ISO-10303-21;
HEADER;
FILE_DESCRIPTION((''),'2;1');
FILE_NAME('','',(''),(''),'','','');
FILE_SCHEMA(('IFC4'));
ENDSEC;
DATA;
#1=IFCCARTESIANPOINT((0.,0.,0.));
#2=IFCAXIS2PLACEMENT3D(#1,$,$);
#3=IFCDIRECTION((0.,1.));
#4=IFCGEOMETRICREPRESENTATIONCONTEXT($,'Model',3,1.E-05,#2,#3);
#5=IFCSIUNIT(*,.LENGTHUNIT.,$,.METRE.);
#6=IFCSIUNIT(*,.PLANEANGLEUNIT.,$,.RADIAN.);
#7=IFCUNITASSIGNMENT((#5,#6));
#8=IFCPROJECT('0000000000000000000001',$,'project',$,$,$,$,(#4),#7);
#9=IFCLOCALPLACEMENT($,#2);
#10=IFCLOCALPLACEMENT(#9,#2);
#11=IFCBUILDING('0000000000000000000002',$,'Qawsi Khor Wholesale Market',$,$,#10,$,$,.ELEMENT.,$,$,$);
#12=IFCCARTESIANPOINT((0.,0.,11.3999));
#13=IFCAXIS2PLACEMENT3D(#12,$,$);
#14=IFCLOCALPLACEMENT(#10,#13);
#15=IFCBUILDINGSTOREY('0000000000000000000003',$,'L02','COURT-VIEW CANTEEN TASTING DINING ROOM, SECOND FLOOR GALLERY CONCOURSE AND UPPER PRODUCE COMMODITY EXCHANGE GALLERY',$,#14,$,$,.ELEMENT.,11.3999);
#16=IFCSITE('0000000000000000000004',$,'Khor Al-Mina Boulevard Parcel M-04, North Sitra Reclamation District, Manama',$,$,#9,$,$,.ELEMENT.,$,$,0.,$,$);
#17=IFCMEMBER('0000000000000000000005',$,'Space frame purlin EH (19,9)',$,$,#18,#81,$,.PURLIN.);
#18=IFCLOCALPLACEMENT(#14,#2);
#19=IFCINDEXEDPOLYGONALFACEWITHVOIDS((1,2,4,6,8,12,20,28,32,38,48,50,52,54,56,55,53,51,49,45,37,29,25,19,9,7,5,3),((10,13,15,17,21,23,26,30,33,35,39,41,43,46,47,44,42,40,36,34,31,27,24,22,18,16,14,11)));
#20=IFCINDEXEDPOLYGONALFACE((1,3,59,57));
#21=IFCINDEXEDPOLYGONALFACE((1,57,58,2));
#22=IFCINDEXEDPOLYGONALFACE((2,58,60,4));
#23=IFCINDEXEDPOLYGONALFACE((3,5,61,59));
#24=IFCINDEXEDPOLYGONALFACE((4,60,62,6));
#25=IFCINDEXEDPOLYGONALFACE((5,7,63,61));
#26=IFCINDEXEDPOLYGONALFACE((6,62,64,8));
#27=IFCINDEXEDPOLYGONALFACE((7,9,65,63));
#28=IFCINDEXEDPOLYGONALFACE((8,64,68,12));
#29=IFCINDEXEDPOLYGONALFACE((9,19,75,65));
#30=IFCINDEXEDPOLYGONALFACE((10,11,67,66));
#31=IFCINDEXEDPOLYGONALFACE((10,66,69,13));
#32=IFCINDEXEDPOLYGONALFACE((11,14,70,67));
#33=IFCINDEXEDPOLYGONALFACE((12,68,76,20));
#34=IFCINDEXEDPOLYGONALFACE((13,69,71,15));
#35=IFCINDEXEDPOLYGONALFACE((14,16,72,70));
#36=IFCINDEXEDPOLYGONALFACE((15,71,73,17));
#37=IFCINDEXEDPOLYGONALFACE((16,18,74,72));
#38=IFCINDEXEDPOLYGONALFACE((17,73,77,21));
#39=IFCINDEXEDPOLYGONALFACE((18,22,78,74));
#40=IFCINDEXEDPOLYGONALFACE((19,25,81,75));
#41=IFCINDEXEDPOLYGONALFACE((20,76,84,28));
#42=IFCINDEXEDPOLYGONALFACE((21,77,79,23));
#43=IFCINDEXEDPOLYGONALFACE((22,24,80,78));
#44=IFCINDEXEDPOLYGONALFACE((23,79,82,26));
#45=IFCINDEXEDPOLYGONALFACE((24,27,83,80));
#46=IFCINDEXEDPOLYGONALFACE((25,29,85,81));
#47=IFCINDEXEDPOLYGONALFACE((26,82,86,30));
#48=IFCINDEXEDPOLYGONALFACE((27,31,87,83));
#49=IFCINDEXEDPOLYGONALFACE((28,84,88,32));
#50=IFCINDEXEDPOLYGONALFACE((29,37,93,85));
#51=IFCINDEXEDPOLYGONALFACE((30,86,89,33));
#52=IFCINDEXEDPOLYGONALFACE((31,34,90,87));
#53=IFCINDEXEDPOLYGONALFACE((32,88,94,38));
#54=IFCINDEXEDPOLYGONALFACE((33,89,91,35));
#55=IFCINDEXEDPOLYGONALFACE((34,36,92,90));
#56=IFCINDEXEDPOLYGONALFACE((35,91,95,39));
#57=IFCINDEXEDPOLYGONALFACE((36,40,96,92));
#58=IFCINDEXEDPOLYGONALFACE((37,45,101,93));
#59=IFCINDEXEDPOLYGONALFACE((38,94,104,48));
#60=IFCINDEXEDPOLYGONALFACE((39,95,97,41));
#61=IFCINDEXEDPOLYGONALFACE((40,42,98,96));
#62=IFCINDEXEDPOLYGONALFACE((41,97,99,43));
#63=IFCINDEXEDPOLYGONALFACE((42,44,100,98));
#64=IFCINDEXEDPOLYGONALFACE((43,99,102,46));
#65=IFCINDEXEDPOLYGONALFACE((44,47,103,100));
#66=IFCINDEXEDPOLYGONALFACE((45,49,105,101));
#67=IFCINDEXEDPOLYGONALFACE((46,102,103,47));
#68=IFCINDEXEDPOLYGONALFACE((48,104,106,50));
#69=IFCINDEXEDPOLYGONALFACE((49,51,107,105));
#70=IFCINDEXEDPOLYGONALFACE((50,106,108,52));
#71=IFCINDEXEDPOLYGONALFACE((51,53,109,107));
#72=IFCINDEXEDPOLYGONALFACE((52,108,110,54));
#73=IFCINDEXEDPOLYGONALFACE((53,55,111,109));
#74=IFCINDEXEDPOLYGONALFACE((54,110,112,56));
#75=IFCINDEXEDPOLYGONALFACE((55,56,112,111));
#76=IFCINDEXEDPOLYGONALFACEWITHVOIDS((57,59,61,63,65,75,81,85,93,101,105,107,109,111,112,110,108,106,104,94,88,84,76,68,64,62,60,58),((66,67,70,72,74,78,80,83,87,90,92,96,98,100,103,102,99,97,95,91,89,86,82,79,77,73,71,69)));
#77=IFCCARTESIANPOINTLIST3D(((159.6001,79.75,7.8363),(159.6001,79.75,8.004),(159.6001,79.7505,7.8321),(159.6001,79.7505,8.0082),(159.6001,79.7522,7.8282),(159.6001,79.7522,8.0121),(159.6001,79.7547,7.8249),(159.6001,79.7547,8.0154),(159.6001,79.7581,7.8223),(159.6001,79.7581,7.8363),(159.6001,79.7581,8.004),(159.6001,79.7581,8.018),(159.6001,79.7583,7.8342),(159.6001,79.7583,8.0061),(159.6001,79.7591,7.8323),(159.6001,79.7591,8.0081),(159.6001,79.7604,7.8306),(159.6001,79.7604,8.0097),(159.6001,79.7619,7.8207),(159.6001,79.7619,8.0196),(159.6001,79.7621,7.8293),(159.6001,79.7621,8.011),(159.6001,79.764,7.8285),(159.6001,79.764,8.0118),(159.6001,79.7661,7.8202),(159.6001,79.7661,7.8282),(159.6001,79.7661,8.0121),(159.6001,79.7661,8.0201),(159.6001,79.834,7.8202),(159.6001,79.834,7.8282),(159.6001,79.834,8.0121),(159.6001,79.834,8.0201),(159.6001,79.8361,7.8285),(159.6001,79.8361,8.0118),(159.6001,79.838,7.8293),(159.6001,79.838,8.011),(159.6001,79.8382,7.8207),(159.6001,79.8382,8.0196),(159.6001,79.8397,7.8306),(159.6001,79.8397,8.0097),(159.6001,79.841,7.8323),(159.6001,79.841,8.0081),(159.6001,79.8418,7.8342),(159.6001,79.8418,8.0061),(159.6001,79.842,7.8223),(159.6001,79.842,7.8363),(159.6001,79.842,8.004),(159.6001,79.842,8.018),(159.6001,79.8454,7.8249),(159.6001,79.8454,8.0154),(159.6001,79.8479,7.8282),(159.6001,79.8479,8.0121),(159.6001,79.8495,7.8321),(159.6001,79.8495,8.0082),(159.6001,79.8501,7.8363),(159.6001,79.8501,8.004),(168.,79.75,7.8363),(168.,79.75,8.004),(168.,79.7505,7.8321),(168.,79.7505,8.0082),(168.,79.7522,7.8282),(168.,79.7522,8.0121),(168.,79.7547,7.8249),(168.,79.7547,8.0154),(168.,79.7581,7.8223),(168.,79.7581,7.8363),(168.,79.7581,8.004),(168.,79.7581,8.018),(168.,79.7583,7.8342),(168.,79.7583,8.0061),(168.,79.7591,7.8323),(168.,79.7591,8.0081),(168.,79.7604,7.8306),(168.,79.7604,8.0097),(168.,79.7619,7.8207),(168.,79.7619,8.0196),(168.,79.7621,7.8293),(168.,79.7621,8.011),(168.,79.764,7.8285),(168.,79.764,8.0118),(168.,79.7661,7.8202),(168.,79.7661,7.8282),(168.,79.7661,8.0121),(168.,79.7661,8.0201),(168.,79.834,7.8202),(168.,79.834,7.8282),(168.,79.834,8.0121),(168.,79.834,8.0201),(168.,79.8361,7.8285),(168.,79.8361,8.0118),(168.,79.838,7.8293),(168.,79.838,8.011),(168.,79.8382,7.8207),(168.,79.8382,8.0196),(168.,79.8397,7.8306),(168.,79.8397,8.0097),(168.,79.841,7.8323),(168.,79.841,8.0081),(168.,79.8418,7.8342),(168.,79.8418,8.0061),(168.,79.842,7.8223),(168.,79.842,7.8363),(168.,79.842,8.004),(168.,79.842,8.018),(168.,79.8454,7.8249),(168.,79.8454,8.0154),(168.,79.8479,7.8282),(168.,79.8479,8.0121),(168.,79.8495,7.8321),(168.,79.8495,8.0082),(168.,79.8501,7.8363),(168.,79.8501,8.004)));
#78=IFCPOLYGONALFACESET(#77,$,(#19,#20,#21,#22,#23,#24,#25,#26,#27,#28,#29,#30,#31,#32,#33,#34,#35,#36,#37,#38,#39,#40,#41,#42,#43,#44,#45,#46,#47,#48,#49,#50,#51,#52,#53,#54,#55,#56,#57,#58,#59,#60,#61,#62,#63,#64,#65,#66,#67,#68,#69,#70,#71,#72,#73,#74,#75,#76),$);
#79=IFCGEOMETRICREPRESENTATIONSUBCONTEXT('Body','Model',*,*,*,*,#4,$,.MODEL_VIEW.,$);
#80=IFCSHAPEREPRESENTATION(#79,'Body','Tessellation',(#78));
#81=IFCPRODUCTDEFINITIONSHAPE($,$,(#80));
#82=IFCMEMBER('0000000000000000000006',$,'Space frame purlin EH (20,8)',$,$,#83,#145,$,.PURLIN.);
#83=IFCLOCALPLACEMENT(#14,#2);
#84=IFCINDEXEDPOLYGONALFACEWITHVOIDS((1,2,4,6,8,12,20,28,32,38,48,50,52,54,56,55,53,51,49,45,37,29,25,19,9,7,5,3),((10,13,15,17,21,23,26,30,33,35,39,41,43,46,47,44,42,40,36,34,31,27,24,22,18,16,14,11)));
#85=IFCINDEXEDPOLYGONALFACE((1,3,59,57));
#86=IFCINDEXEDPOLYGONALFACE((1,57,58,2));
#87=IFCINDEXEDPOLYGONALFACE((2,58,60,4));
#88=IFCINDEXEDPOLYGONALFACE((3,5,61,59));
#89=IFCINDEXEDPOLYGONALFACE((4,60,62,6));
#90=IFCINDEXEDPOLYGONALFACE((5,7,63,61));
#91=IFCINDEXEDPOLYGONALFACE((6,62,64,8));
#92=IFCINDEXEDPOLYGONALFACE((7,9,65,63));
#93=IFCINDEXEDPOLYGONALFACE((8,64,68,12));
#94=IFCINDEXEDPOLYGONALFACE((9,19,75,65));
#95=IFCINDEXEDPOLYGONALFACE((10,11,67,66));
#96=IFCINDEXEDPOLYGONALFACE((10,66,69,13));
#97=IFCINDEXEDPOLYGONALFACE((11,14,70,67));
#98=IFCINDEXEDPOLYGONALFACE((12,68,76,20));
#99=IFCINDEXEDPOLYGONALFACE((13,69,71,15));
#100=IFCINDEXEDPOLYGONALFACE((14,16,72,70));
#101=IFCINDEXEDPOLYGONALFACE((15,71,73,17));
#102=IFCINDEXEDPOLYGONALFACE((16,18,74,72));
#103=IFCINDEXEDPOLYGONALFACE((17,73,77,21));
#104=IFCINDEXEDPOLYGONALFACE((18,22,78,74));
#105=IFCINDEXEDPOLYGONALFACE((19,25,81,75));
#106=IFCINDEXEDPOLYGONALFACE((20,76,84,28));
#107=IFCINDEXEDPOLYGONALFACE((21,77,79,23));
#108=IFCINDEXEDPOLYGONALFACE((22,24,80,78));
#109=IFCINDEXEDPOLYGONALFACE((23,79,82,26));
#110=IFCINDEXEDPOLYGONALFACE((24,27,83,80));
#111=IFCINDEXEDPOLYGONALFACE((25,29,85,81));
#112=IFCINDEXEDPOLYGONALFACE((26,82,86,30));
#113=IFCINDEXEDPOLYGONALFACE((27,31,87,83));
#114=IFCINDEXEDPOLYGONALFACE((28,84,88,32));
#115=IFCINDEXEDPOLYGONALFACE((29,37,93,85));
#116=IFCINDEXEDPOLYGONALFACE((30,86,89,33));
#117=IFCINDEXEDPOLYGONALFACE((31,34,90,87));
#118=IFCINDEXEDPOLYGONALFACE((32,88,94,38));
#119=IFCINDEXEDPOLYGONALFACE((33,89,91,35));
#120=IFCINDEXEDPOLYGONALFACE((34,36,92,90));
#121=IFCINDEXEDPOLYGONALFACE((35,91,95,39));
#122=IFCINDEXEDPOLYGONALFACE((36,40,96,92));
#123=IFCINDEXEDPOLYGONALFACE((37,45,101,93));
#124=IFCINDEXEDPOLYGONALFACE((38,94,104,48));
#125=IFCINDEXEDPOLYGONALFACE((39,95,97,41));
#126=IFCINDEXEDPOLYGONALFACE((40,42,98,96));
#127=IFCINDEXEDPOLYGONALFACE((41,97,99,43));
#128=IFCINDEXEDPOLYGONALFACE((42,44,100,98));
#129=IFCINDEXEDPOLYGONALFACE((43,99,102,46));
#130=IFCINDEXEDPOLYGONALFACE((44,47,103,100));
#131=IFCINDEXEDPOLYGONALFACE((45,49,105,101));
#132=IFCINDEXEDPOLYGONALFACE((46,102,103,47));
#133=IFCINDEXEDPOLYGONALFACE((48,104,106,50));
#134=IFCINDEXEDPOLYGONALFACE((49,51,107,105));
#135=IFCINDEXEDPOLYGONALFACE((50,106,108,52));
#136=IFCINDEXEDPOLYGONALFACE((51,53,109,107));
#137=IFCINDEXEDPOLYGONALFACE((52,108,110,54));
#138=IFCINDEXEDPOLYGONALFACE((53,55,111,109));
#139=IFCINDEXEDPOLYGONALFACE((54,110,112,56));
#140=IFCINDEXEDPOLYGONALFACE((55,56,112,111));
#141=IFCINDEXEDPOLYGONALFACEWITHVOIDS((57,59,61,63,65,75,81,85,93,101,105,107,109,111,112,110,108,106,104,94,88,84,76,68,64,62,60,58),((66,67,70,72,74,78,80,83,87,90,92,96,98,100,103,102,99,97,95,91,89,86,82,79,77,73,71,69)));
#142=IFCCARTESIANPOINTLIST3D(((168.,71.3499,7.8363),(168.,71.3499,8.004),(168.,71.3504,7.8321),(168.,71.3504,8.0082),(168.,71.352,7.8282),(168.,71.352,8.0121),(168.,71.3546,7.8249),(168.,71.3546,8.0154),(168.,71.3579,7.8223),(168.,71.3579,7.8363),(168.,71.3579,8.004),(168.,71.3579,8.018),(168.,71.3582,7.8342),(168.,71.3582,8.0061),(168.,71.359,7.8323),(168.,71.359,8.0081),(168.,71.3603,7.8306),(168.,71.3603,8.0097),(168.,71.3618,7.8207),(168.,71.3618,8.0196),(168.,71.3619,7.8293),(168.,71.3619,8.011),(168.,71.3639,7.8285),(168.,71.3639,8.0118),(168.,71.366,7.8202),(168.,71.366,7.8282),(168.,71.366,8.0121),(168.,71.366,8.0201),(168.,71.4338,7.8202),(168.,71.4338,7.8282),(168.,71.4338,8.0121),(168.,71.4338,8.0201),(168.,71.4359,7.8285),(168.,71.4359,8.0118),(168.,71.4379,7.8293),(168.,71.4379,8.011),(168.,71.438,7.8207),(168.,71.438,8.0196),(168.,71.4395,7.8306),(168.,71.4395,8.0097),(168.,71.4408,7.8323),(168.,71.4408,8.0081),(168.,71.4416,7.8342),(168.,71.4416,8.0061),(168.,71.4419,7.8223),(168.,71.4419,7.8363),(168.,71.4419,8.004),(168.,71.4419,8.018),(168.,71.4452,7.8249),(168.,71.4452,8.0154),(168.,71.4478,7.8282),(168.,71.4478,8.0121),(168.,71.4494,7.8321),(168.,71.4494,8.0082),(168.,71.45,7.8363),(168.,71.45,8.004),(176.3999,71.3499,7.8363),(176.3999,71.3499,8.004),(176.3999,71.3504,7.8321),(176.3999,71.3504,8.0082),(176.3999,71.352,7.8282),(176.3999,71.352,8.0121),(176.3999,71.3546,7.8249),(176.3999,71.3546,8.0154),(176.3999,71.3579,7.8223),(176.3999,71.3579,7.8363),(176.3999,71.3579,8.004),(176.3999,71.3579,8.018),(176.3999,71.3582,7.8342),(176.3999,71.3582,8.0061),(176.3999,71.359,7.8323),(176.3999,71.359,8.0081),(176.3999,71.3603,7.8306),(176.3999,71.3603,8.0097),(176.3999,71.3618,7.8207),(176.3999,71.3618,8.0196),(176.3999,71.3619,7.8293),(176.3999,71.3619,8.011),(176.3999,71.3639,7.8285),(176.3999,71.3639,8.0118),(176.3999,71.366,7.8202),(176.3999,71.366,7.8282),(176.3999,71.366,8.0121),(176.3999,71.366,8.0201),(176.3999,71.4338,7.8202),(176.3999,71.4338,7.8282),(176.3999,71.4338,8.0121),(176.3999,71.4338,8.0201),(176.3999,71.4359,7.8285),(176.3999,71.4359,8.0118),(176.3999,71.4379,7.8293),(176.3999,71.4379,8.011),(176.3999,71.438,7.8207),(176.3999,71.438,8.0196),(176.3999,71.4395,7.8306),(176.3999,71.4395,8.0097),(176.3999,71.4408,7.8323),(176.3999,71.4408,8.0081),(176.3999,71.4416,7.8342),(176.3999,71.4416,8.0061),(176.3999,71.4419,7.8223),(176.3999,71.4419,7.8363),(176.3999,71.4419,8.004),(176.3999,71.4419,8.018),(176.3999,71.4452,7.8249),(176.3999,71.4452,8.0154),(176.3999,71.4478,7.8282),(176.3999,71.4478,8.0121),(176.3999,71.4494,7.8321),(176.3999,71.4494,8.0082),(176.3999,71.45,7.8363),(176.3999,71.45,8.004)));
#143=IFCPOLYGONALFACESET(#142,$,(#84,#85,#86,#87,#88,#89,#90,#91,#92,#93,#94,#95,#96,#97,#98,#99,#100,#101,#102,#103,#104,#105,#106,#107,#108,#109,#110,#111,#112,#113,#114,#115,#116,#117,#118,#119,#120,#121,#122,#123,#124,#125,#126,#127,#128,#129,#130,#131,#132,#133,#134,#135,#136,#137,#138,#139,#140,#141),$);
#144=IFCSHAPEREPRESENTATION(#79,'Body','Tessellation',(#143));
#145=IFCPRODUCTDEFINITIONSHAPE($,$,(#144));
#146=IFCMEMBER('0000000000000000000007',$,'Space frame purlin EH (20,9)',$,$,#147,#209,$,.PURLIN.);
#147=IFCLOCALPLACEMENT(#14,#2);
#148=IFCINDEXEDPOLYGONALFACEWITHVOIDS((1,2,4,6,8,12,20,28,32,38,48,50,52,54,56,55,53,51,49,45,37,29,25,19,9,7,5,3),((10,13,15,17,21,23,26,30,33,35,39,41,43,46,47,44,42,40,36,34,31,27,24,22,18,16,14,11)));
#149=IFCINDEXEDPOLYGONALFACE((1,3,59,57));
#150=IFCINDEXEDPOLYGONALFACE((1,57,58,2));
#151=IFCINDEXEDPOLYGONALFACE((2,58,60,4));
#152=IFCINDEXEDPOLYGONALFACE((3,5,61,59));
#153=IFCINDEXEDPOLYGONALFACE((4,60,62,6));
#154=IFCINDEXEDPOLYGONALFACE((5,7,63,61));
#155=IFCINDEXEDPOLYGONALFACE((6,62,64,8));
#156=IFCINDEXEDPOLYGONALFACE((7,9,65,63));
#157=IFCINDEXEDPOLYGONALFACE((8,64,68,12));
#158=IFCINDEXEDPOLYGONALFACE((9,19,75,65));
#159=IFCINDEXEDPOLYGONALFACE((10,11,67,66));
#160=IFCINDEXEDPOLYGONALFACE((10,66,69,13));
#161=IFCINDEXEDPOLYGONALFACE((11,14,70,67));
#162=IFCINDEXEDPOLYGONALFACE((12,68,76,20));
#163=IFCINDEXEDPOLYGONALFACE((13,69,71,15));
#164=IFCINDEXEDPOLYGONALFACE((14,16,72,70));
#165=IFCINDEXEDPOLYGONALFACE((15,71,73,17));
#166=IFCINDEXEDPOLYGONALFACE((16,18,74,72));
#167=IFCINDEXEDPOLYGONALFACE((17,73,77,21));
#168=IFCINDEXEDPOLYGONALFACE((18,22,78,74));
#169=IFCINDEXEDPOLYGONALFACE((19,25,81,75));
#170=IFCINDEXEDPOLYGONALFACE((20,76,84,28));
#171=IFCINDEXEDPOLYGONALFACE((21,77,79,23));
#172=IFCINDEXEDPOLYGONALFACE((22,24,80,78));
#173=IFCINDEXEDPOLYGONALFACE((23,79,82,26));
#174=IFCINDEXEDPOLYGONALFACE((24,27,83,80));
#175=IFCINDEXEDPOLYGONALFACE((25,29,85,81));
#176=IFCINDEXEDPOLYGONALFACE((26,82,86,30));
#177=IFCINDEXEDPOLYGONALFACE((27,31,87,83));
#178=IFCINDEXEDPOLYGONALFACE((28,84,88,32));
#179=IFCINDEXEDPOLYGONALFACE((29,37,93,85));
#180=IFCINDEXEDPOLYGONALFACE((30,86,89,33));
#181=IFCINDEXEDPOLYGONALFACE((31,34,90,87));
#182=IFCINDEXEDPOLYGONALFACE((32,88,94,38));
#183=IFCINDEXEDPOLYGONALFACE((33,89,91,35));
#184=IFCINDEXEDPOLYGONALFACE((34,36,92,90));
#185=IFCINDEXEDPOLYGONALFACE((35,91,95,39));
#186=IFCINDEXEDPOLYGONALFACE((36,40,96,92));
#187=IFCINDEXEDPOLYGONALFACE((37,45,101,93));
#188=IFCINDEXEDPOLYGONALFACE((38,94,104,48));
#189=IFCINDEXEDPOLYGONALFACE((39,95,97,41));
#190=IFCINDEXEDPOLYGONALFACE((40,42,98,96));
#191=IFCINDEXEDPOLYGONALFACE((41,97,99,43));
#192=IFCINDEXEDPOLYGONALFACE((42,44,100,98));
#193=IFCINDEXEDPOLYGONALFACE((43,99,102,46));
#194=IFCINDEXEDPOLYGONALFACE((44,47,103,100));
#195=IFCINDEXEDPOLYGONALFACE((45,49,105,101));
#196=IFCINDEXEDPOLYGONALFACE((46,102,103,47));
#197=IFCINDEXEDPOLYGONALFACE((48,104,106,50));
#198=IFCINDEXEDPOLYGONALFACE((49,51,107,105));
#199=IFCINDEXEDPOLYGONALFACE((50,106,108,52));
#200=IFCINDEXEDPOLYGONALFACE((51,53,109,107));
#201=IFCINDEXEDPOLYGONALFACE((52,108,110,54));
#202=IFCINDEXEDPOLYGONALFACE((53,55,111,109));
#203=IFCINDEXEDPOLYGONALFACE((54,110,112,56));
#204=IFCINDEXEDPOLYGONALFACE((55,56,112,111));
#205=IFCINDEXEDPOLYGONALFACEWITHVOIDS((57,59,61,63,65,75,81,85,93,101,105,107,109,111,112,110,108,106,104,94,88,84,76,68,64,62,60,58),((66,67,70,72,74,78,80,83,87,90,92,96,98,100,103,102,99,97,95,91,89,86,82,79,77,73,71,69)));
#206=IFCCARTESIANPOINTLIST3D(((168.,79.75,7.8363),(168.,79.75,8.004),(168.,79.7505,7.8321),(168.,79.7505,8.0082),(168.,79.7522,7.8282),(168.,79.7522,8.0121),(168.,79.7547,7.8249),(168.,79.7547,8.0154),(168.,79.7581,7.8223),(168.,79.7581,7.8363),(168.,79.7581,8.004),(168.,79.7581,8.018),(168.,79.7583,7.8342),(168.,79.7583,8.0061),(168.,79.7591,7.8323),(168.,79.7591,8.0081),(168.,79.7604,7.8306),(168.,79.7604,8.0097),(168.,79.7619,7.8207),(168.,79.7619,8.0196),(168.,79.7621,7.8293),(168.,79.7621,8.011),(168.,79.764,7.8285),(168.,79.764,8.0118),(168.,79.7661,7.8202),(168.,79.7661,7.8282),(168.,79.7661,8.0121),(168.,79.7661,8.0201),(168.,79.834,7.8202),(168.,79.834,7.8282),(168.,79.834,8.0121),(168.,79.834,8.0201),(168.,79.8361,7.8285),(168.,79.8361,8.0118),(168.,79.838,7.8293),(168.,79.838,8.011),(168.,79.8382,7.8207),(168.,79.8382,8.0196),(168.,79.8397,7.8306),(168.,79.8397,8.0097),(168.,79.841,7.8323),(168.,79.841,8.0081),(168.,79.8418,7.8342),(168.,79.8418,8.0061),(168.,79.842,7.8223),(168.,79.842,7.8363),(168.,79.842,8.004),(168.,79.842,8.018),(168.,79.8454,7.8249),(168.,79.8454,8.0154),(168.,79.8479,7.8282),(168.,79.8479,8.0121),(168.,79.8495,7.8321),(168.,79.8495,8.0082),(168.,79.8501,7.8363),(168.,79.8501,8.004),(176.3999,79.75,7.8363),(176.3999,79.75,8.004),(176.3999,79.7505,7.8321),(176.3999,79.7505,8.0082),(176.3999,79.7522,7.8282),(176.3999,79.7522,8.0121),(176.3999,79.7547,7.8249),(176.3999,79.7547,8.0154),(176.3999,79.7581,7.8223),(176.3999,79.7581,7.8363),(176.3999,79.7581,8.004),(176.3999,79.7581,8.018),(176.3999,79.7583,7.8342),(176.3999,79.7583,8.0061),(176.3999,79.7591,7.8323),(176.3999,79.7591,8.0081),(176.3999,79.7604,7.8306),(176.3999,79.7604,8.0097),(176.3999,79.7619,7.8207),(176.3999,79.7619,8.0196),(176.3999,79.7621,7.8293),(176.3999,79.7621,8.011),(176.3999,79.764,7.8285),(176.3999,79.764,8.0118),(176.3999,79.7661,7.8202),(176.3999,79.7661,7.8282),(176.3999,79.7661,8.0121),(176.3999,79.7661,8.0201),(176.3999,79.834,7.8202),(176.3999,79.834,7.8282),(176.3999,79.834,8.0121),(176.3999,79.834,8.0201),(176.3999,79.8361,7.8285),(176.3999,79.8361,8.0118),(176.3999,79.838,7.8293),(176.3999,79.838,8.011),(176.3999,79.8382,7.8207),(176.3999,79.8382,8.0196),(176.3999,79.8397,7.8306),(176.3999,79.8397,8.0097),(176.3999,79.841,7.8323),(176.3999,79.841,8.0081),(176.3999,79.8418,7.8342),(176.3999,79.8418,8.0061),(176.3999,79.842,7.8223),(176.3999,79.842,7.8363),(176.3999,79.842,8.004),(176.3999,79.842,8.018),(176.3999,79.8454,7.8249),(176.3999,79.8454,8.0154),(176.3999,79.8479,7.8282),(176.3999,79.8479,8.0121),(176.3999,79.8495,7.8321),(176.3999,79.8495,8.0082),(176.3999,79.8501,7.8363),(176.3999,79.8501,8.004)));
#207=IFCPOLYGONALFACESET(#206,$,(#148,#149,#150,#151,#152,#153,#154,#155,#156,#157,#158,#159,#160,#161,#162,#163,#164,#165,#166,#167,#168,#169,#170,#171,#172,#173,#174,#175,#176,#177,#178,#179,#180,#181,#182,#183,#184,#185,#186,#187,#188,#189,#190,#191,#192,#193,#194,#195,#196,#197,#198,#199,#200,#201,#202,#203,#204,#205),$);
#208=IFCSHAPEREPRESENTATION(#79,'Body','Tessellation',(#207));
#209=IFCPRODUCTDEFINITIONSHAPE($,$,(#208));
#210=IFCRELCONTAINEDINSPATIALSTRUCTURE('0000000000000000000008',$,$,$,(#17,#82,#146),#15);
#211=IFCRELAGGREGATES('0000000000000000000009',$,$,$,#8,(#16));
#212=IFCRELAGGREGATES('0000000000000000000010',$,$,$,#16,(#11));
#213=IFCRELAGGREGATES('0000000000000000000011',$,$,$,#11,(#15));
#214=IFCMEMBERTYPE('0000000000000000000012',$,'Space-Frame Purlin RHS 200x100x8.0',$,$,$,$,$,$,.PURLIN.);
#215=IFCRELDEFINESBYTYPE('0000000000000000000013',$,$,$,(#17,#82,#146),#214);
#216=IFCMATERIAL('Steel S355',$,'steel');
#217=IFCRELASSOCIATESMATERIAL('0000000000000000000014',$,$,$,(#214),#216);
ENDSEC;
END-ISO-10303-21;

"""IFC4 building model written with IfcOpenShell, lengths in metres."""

from ifc_helpers import new_model, si_unit, direction, frame, origin, origin_2d, place, context, subcontext, project, spatial, hollow_rectangle, extrude, material, material_profile, profile_set, type_object, element, save


model = new_model("IFC4")

# Units and contexts
model_context = context("Model", 3, precision=1e-05, world=origin(), true_north=direction((0.0, 1.0)))
body_context = subcontext(model_context, "Body", "Model", "MODEL_VIEW")
ifc_project = project(units=[si_unit("LENGTHUNIT", "METRE"), si_unit("PLANEANGLEUNIT", "RADIAN")], contexts=[model_context])

# Site, building, storey
site_placement = place(None, origin())
site = spatial("IfcSite", under=ifc_project, at=site_placement, Name="Khor Al-Mina Boulevard Parcel M-04, North Sitra Reclamation District, Manama", CompositionType="ELEMENT", RefElevation=0.0)
building_placement = place(site_placement, origin())
building = spatial("IfcBuilding", under=site, at=building_placement, Name="Qawsi Khor Wholesale Market", CompositionType="ELEMENT")
storey_placement = place(building_placement, frame((0.0, 0.0, 11.3999)))
storey = spatial("IfcBuildingStorey", under=building, at=storey_placement, Name="L02", Description="COURT-VIEW CANTEEN TASTING DINING ROOM, SECOND FLOOR GALLERY CONCOURSE AND UPPER PRODUCE COMMODITY EXCHANGE GALLERY", CompositionType="ELEMENT", Elevation=11.3999)

# Members
ifc_material_1 = material(Name="Steel S355", Category="steel")
ifc_material_profile_1 = material_profile(ifc_material_1, hollow_rectangle(XDim=0.1001, YDim=0.2, WallThickness=0.0081, InnerFilletRadius=0.0081, OuterFilletRadius=0.0161, at=origin_2d()), Name="RHS 200x100x8.0")
ifc_profile_set_1 = profile_set([ifc_material_profile_1], Name="Steel S355")
member_type_1 = type_object("IfcMemberType", Name="Space-Frame Purlin RHS 200x100x8.0", PredefinedType="PURLIN", material=ifc_profile_set_1)
for number, where, z_axis, x_axis, name in (
    (1, (159.6001, 79.8, 7.9202), (1.0, 0.0, 0.0), (0.0, 1.0, 0.0), "Space frame purlin EH (19,9)"),
    (2, (168.0, 71.3999, 7.9202), (1.0, 0.0, 0.0), (0.0, 1.0, 0.0), "Space frame purlin EH (20,8)"),
    (3, (168.0, 79.8, 7.9202), (1.0, 0.0, 0.0), (0.0, 1.0, 0.0), "Space frame purlin EH (20,9)"),
):
    element("IfcMember", number, at=place(storey_placement, frame(where, z_axis=z_axis, x_axis=x_axis)), inside=storey, type_object=member_type_1, Name=name, PredefinedType="PURLIN", context=body_context, shape_type="SweptSolid", body=[
        extrude(hollow_rectangle(XDim=0.1001, YDim=0.2, WallThickness=0.0081, InnerFilletRadius=0.0081, OuterFilletRadius=0.0161, at=origin_2d()), origin(), (0.0, 0.0, 1.0), 8.3999),
    ])

save(model, "model.ifc")
